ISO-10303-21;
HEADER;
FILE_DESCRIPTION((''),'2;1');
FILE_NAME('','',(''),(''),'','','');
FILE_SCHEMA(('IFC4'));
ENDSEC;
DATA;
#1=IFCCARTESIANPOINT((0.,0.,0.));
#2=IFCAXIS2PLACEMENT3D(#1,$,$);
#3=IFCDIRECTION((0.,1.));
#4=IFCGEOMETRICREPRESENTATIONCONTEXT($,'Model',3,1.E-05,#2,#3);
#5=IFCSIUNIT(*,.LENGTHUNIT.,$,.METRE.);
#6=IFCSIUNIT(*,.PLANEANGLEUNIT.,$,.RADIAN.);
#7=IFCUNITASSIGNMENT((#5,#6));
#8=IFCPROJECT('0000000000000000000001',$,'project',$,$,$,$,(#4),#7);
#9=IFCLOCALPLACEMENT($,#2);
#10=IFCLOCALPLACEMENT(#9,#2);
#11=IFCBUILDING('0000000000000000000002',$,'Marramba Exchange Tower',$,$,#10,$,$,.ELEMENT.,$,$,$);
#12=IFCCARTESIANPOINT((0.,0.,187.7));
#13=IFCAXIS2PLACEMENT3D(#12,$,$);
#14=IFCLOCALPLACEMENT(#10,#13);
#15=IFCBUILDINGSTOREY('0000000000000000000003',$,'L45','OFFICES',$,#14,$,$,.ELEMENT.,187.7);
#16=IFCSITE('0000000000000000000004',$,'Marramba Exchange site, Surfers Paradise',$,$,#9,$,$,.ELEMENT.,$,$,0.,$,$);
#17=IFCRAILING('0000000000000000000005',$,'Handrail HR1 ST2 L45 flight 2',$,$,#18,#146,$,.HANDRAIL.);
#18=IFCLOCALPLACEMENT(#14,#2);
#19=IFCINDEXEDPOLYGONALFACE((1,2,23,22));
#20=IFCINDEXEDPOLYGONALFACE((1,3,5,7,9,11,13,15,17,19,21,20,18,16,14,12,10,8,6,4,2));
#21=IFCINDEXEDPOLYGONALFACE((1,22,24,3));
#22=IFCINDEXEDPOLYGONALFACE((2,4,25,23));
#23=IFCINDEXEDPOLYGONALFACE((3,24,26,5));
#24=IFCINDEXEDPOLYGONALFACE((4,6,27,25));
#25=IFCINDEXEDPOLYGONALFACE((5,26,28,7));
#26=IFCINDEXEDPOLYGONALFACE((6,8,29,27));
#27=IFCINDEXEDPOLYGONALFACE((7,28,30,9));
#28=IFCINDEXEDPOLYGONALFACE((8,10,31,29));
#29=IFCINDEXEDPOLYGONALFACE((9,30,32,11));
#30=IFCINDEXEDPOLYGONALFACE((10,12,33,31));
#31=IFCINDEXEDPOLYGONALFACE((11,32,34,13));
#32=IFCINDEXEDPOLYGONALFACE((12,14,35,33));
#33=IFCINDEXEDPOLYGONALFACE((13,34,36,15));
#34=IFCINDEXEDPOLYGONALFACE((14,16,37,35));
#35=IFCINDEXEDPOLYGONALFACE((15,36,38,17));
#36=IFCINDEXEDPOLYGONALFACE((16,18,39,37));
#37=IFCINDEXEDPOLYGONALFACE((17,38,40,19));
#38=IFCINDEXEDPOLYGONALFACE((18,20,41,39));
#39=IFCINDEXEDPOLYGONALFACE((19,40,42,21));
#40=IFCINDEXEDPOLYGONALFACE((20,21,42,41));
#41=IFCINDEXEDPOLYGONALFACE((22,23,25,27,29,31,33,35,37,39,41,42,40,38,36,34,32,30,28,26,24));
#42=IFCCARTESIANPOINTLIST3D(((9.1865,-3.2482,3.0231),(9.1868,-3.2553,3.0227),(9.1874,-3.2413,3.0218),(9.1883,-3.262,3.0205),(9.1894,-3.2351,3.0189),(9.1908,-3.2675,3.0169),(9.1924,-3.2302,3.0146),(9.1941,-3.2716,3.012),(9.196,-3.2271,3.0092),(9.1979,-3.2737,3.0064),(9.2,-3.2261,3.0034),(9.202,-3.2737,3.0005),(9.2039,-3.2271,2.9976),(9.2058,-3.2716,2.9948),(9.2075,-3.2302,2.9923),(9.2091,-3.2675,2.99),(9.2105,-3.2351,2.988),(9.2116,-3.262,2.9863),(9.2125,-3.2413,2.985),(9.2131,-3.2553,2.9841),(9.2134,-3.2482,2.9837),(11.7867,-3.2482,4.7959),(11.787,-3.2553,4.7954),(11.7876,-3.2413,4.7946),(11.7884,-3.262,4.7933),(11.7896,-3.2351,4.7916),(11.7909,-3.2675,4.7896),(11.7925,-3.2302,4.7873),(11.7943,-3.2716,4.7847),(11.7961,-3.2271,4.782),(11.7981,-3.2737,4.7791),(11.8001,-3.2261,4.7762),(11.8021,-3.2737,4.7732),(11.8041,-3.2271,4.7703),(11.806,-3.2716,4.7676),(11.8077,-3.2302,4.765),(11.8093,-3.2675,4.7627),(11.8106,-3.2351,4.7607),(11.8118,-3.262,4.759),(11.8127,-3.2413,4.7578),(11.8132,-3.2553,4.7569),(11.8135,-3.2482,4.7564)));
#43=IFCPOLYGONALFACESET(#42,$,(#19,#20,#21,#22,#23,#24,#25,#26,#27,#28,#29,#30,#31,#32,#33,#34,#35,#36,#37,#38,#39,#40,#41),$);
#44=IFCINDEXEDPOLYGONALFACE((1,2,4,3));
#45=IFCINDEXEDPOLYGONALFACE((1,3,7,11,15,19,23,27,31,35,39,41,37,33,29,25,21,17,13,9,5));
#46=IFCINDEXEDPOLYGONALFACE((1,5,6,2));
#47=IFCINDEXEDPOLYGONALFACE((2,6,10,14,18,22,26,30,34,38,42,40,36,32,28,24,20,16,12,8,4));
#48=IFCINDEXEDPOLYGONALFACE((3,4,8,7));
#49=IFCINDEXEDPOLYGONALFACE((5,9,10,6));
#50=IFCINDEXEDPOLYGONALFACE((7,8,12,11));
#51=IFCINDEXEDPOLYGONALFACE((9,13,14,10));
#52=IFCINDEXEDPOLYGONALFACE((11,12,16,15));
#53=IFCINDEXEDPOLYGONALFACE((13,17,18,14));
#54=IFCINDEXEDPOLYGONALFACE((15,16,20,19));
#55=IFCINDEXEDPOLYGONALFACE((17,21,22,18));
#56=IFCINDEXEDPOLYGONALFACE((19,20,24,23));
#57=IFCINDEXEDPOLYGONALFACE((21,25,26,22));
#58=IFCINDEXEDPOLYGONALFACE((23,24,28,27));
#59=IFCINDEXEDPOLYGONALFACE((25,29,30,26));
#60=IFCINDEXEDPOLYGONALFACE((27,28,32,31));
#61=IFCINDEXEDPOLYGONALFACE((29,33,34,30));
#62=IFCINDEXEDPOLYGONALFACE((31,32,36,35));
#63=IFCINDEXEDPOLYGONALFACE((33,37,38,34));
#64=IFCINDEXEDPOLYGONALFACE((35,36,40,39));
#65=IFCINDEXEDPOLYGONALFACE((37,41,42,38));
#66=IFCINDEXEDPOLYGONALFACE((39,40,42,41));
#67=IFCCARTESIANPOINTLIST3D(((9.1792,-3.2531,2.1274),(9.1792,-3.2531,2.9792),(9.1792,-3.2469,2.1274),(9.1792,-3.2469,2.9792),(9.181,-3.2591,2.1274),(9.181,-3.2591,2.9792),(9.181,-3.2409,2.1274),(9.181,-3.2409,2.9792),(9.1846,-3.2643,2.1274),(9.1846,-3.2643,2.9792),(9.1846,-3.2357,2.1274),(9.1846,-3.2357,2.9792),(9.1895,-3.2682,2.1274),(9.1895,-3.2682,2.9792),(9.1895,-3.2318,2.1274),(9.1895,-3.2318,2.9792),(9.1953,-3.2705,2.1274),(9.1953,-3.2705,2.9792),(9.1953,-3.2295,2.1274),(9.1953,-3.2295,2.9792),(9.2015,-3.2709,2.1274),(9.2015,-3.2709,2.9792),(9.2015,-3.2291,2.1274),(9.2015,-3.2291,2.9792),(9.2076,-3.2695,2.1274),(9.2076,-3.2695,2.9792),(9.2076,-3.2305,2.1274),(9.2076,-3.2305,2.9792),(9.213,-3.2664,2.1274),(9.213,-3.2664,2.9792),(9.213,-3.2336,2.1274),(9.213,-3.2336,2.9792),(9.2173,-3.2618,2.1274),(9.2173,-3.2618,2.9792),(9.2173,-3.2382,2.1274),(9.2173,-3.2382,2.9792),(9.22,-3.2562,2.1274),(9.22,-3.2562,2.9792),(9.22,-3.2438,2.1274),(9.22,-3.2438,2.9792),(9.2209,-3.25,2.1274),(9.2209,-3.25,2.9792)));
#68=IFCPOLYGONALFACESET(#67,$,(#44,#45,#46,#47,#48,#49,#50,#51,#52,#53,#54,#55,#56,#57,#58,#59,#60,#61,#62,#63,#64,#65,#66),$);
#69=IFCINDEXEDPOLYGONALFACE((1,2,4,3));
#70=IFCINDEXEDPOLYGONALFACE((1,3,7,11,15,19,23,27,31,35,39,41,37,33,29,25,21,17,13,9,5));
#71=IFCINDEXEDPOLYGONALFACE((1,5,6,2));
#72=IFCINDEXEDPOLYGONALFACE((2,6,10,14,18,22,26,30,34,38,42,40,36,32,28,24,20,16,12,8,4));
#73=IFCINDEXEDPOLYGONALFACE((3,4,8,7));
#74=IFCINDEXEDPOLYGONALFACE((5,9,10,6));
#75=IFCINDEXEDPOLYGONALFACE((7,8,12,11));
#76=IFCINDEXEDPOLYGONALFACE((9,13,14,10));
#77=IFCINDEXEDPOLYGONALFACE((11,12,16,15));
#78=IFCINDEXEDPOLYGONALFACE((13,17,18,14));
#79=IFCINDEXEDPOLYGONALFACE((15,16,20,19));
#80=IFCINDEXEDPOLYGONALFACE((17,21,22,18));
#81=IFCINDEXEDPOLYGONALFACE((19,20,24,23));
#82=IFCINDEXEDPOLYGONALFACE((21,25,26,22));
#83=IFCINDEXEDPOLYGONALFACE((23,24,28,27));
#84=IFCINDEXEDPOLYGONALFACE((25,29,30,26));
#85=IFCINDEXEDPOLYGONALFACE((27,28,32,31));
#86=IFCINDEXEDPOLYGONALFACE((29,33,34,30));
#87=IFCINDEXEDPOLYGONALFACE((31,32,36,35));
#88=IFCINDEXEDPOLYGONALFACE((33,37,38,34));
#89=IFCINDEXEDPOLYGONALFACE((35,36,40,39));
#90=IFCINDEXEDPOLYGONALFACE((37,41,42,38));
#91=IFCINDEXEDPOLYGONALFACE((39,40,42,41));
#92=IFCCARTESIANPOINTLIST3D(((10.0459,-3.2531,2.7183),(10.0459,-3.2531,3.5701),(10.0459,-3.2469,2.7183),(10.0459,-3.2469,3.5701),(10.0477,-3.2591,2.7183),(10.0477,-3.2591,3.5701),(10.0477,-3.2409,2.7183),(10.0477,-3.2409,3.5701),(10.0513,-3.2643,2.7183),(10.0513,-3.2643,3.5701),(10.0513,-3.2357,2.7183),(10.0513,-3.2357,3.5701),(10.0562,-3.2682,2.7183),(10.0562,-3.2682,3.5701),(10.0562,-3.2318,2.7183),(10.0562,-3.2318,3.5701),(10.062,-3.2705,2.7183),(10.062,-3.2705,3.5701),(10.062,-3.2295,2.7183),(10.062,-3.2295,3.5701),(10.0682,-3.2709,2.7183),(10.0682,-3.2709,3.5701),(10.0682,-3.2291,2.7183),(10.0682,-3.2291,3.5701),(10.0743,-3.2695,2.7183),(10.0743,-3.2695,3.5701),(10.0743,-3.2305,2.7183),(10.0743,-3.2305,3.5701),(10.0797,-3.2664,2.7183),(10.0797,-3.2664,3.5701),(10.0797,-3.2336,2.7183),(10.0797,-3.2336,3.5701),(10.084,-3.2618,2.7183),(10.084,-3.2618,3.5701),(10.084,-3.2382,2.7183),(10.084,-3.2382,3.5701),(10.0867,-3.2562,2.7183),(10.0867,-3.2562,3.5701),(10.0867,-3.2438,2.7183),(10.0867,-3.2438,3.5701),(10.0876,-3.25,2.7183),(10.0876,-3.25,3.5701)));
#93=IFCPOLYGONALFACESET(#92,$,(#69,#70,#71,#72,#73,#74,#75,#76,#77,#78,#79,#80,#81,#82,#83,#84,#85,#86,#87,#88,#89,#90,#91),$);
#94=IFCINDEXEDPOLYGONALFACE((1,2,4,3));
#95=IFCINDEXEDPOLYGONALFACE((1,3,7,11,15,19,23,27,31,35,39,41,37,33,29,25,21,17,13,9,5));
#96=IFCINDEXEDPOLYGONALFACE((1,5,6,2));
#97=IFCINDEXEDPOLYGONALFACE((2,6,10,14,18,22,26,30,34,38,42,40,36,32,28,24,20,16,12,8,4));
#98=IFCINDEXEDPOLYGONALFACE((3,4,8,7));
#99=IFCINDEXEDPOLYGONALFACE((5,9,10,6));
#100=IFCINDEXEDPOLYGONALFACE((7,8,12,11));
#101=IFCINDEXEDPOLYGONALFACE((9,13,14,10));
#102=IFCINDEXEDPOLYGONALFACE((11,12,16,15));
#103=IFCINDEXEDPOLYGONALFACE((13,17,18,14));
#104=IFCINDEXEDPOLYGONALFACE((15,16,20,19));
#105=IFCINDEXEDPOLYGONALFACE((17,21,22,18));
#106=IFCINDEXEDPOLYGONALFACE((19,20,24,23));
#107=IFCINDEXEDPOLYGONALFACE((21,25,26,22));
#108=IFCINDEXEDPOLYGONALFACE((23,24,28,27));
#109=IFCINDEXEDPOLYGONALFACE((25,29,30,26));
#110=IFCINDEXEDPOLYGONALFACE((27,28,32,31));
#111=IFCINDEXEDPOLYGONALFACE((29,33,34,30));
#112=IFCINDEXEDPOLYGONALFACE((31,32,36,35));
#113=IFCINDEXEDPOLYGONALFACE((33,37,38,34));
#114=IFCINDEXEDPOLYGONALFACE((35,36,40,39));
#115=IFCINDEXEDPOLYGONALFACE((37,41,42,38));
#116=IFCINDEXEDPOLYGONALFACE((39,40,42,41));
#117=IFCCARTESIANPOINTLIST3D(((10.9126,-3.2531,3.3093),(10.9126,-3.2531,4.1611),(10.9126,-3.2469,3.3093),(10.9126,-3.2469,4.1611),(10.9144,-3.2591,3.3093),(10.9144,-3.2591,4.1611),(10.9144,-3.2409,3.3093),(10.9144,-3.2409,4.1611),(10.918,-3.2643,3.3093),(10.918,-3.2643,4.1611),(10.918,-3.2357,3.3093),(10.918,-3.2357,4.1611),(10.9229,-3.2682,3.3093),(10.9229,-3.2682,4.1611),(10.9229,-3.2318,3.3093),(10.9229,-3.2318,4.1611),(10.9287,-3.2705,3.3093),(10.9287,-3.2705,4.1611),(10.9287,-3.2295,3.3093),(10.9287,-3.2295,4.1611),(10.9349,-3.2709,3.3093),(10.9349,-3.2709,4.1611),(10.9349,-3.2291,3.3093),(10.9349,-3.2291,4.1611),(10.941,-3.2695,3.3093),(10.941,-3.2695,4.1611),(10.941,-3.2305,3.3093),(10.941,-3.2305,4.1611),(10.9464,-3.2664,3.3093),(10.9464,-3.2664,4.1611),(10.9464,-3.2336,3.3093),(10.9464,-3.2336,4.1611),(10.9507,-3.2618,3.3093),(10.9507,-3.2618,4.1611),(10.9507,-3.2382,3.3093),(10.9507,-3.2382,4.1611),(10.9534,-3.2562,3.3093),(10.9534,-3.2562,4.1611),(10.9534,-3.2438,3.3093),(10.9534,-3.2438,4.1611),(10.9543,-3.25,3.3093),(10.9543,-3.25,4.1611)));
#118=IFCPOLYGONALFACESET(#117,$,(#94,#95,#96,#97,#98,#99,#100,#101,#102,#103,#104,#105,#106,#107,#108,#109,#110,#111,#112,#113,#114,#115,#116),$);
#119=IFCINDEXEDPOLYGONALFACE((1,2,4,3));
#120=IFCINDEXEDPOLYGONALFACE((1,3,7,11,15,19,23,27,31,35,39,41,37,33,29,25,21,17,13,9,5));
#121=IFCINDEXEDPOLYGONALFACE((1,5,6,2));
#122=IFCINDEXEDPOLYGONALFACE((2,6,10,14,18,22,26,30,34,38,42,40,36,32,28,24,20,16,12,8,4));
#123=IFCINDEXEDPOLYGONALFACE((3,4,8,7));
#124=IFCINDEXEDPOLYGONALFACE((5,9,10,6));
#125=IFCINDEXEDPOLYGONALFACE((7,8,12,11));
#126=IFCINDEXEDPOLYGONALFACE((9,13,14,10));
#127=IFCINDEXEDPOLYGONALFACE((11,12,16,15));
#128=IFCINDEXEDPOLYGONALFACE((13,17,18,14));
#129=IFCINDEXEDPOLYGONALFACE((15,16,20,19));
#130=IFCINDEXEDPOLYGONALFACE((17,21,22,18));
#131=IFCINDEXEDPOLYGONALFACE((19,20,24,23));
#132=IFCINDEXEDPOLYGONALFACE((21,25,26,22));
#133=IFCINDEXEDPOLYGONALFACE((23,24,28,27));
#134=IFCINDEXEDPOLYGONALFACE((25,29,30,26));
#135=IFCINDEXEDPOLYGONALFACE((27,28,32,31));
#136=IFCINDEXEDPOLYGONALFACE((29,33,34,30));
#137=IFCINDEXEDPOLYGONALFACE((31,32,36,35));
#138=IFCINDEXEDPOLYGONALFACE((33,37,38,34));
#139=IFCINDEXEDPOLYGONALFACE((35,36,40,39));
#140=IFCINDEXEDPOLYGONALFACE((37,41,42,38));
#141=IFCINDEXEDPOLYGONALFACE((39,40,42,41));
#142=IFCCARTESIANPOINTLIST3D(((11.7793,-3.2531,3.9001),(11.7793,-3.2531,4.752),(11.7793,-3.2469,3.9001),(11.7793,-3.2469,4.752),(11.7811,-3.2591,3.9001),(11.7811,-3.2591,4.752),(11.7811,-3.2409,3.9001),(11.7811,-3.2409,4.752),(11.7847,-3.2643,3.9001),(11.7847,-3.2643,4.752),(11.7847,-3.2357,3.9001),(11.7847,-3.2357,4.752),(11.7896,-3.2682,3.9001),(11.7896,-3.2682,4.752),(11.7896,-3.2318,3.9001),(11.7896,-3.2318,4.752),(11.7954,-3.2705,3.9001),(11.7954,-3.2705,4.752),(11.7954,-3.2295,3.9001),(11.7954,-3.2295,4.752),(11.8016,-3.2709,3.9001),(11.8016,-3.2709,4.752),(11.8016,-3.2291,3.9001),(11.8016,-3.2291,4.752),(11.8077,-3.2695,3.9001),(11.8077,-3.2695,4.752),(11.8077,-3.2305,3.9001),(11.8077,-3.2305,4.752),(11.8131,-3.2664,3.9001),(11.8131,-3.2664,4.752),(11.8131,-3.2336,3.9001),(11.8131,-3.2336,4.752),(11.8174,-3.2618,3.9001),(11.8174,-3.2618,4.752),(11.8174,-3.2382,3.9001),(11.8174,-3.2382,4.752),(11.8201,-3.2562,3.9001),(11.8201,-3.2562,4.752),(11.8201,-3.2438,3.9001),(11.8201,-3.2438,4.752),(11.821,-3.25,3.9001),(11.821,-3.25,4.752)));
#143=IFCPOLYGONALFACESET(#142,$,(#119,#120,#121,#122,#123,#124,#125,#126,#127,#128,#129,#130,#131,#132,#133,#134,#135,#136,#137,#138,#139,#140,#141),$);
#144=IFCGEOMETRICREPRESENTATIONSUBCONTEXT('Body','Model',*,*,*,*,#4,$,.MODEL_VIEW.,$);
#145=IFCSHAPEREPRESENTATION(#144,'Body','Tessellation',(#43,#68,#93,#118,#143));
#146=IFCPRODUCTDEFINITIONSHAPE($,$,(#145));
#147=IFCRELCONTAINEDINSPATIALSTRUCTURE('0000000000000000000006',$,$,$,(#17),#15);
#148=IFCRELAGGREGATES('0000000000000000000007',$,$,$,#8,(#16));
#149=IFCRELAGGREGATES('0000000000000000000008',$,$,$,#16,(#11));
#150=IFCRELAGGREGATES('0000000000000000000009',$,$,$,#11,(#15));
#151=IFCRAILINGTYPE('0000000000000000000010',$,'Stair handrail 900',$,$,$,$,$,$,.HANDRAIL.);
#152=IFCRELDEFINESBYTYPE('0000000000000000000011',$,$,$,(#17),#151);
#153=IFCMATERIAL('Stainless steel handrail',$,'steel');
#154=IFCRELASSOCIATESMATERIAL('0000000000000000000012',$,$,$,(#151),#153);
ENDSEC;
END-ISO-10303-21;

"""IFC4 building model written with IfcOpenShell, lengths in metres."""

from ifc_helpers import new_model, si_unit, direction, frame, origin, origin_2d, place, context, subcontext, project, spatial, circle, extrude, material, type_object, element, save


model = new_model("IFC4")

# Units and contexts
model_context = context("Model", 3, precision=1e-05, world=origin(), true_north=direction((0.0, 1.0)))
body_context = subcontext(model_context, "Body", "Model", "MODEL_VIEW")
ifc_project = project(units=[si_unit("LENGTHUNIT", "METRE"), si_unit("PLANEANGLEUNIT", "RADIAN")], contexts=[model_context])

# Site, building, storey
site_placement = place(None, origin())
site = spatial("IfcSite", under=ifc_project, at=site_placement, Name="Marramba Exchange site, Surfers Paradise", CompositionType="ELEMENT", RefElevation=0.0)
building_placement = place(site_placement, origin())
building = spatial("IfcBuilding", under=site, at=building_placement, Name="Marramba Exchange Tower", CompositionType="ELEMENT")
storey_placement = place(building_placement, frame((0.0, 0.0, 187.7)))
storey = spatial("IfcBuildingStorey", under=building, at=storey_placement, Name="L45", Description="OFFICES", CompositionType="ELEMENT", Elevation=187.7)

# Railing
ifc_material_1 = material(Name="Stainless steel handrail", Category="steel")
railing_type = type_object("IfcRailingType", Name="Stair handrail 900", PredefinedType="HANDRAIL", material=ifc_material_1)
railing_placement = place(storey_placement, frame((9.2, -3.25, 2.1274)))
element("IfcRailing", 1, at=railing_placement, inside=storey, type_object=railing_type, Name="Handrail HR1 ST2 L45 flight 2", PredefinedType="HANDRAIL", context=body_context, shape_type="SweptSolid", body=[
    extrude(circle(Radius=0.0239, at=origin_2d()), frame((0.0, 0.0, 0.876), z_axis=(0.82624, 0.0, 0.563318), x_axis=(0.0, 1.0, 0.0)), (0.0, 0.0, 1.0), 3.147),
    extrude(circle(Radius=0.021, at=origin_2d()), origin(), (0.0, 0.0, 1.0), 0.8518),
    extrude(circle(Radius=0.021, at=origin_2d()), frame((0.8667, 0.0, 0.5908)), (0.0, 0.0, 1.0), 0.8518),
    extrude(circle(Radius=0.021, at=origin_2d()), frame((1.7334, 0.0, 1.1819)), (0.0, 0.0, 1.0), 0.8518),
    extrude(circle(Radius=0.021, at=origin_2d()), frame((2.6001, 0.0, 1.7727)), (0.0, 0.0, 1.0), 0.8518),
])

save(model, "model.ifc")
